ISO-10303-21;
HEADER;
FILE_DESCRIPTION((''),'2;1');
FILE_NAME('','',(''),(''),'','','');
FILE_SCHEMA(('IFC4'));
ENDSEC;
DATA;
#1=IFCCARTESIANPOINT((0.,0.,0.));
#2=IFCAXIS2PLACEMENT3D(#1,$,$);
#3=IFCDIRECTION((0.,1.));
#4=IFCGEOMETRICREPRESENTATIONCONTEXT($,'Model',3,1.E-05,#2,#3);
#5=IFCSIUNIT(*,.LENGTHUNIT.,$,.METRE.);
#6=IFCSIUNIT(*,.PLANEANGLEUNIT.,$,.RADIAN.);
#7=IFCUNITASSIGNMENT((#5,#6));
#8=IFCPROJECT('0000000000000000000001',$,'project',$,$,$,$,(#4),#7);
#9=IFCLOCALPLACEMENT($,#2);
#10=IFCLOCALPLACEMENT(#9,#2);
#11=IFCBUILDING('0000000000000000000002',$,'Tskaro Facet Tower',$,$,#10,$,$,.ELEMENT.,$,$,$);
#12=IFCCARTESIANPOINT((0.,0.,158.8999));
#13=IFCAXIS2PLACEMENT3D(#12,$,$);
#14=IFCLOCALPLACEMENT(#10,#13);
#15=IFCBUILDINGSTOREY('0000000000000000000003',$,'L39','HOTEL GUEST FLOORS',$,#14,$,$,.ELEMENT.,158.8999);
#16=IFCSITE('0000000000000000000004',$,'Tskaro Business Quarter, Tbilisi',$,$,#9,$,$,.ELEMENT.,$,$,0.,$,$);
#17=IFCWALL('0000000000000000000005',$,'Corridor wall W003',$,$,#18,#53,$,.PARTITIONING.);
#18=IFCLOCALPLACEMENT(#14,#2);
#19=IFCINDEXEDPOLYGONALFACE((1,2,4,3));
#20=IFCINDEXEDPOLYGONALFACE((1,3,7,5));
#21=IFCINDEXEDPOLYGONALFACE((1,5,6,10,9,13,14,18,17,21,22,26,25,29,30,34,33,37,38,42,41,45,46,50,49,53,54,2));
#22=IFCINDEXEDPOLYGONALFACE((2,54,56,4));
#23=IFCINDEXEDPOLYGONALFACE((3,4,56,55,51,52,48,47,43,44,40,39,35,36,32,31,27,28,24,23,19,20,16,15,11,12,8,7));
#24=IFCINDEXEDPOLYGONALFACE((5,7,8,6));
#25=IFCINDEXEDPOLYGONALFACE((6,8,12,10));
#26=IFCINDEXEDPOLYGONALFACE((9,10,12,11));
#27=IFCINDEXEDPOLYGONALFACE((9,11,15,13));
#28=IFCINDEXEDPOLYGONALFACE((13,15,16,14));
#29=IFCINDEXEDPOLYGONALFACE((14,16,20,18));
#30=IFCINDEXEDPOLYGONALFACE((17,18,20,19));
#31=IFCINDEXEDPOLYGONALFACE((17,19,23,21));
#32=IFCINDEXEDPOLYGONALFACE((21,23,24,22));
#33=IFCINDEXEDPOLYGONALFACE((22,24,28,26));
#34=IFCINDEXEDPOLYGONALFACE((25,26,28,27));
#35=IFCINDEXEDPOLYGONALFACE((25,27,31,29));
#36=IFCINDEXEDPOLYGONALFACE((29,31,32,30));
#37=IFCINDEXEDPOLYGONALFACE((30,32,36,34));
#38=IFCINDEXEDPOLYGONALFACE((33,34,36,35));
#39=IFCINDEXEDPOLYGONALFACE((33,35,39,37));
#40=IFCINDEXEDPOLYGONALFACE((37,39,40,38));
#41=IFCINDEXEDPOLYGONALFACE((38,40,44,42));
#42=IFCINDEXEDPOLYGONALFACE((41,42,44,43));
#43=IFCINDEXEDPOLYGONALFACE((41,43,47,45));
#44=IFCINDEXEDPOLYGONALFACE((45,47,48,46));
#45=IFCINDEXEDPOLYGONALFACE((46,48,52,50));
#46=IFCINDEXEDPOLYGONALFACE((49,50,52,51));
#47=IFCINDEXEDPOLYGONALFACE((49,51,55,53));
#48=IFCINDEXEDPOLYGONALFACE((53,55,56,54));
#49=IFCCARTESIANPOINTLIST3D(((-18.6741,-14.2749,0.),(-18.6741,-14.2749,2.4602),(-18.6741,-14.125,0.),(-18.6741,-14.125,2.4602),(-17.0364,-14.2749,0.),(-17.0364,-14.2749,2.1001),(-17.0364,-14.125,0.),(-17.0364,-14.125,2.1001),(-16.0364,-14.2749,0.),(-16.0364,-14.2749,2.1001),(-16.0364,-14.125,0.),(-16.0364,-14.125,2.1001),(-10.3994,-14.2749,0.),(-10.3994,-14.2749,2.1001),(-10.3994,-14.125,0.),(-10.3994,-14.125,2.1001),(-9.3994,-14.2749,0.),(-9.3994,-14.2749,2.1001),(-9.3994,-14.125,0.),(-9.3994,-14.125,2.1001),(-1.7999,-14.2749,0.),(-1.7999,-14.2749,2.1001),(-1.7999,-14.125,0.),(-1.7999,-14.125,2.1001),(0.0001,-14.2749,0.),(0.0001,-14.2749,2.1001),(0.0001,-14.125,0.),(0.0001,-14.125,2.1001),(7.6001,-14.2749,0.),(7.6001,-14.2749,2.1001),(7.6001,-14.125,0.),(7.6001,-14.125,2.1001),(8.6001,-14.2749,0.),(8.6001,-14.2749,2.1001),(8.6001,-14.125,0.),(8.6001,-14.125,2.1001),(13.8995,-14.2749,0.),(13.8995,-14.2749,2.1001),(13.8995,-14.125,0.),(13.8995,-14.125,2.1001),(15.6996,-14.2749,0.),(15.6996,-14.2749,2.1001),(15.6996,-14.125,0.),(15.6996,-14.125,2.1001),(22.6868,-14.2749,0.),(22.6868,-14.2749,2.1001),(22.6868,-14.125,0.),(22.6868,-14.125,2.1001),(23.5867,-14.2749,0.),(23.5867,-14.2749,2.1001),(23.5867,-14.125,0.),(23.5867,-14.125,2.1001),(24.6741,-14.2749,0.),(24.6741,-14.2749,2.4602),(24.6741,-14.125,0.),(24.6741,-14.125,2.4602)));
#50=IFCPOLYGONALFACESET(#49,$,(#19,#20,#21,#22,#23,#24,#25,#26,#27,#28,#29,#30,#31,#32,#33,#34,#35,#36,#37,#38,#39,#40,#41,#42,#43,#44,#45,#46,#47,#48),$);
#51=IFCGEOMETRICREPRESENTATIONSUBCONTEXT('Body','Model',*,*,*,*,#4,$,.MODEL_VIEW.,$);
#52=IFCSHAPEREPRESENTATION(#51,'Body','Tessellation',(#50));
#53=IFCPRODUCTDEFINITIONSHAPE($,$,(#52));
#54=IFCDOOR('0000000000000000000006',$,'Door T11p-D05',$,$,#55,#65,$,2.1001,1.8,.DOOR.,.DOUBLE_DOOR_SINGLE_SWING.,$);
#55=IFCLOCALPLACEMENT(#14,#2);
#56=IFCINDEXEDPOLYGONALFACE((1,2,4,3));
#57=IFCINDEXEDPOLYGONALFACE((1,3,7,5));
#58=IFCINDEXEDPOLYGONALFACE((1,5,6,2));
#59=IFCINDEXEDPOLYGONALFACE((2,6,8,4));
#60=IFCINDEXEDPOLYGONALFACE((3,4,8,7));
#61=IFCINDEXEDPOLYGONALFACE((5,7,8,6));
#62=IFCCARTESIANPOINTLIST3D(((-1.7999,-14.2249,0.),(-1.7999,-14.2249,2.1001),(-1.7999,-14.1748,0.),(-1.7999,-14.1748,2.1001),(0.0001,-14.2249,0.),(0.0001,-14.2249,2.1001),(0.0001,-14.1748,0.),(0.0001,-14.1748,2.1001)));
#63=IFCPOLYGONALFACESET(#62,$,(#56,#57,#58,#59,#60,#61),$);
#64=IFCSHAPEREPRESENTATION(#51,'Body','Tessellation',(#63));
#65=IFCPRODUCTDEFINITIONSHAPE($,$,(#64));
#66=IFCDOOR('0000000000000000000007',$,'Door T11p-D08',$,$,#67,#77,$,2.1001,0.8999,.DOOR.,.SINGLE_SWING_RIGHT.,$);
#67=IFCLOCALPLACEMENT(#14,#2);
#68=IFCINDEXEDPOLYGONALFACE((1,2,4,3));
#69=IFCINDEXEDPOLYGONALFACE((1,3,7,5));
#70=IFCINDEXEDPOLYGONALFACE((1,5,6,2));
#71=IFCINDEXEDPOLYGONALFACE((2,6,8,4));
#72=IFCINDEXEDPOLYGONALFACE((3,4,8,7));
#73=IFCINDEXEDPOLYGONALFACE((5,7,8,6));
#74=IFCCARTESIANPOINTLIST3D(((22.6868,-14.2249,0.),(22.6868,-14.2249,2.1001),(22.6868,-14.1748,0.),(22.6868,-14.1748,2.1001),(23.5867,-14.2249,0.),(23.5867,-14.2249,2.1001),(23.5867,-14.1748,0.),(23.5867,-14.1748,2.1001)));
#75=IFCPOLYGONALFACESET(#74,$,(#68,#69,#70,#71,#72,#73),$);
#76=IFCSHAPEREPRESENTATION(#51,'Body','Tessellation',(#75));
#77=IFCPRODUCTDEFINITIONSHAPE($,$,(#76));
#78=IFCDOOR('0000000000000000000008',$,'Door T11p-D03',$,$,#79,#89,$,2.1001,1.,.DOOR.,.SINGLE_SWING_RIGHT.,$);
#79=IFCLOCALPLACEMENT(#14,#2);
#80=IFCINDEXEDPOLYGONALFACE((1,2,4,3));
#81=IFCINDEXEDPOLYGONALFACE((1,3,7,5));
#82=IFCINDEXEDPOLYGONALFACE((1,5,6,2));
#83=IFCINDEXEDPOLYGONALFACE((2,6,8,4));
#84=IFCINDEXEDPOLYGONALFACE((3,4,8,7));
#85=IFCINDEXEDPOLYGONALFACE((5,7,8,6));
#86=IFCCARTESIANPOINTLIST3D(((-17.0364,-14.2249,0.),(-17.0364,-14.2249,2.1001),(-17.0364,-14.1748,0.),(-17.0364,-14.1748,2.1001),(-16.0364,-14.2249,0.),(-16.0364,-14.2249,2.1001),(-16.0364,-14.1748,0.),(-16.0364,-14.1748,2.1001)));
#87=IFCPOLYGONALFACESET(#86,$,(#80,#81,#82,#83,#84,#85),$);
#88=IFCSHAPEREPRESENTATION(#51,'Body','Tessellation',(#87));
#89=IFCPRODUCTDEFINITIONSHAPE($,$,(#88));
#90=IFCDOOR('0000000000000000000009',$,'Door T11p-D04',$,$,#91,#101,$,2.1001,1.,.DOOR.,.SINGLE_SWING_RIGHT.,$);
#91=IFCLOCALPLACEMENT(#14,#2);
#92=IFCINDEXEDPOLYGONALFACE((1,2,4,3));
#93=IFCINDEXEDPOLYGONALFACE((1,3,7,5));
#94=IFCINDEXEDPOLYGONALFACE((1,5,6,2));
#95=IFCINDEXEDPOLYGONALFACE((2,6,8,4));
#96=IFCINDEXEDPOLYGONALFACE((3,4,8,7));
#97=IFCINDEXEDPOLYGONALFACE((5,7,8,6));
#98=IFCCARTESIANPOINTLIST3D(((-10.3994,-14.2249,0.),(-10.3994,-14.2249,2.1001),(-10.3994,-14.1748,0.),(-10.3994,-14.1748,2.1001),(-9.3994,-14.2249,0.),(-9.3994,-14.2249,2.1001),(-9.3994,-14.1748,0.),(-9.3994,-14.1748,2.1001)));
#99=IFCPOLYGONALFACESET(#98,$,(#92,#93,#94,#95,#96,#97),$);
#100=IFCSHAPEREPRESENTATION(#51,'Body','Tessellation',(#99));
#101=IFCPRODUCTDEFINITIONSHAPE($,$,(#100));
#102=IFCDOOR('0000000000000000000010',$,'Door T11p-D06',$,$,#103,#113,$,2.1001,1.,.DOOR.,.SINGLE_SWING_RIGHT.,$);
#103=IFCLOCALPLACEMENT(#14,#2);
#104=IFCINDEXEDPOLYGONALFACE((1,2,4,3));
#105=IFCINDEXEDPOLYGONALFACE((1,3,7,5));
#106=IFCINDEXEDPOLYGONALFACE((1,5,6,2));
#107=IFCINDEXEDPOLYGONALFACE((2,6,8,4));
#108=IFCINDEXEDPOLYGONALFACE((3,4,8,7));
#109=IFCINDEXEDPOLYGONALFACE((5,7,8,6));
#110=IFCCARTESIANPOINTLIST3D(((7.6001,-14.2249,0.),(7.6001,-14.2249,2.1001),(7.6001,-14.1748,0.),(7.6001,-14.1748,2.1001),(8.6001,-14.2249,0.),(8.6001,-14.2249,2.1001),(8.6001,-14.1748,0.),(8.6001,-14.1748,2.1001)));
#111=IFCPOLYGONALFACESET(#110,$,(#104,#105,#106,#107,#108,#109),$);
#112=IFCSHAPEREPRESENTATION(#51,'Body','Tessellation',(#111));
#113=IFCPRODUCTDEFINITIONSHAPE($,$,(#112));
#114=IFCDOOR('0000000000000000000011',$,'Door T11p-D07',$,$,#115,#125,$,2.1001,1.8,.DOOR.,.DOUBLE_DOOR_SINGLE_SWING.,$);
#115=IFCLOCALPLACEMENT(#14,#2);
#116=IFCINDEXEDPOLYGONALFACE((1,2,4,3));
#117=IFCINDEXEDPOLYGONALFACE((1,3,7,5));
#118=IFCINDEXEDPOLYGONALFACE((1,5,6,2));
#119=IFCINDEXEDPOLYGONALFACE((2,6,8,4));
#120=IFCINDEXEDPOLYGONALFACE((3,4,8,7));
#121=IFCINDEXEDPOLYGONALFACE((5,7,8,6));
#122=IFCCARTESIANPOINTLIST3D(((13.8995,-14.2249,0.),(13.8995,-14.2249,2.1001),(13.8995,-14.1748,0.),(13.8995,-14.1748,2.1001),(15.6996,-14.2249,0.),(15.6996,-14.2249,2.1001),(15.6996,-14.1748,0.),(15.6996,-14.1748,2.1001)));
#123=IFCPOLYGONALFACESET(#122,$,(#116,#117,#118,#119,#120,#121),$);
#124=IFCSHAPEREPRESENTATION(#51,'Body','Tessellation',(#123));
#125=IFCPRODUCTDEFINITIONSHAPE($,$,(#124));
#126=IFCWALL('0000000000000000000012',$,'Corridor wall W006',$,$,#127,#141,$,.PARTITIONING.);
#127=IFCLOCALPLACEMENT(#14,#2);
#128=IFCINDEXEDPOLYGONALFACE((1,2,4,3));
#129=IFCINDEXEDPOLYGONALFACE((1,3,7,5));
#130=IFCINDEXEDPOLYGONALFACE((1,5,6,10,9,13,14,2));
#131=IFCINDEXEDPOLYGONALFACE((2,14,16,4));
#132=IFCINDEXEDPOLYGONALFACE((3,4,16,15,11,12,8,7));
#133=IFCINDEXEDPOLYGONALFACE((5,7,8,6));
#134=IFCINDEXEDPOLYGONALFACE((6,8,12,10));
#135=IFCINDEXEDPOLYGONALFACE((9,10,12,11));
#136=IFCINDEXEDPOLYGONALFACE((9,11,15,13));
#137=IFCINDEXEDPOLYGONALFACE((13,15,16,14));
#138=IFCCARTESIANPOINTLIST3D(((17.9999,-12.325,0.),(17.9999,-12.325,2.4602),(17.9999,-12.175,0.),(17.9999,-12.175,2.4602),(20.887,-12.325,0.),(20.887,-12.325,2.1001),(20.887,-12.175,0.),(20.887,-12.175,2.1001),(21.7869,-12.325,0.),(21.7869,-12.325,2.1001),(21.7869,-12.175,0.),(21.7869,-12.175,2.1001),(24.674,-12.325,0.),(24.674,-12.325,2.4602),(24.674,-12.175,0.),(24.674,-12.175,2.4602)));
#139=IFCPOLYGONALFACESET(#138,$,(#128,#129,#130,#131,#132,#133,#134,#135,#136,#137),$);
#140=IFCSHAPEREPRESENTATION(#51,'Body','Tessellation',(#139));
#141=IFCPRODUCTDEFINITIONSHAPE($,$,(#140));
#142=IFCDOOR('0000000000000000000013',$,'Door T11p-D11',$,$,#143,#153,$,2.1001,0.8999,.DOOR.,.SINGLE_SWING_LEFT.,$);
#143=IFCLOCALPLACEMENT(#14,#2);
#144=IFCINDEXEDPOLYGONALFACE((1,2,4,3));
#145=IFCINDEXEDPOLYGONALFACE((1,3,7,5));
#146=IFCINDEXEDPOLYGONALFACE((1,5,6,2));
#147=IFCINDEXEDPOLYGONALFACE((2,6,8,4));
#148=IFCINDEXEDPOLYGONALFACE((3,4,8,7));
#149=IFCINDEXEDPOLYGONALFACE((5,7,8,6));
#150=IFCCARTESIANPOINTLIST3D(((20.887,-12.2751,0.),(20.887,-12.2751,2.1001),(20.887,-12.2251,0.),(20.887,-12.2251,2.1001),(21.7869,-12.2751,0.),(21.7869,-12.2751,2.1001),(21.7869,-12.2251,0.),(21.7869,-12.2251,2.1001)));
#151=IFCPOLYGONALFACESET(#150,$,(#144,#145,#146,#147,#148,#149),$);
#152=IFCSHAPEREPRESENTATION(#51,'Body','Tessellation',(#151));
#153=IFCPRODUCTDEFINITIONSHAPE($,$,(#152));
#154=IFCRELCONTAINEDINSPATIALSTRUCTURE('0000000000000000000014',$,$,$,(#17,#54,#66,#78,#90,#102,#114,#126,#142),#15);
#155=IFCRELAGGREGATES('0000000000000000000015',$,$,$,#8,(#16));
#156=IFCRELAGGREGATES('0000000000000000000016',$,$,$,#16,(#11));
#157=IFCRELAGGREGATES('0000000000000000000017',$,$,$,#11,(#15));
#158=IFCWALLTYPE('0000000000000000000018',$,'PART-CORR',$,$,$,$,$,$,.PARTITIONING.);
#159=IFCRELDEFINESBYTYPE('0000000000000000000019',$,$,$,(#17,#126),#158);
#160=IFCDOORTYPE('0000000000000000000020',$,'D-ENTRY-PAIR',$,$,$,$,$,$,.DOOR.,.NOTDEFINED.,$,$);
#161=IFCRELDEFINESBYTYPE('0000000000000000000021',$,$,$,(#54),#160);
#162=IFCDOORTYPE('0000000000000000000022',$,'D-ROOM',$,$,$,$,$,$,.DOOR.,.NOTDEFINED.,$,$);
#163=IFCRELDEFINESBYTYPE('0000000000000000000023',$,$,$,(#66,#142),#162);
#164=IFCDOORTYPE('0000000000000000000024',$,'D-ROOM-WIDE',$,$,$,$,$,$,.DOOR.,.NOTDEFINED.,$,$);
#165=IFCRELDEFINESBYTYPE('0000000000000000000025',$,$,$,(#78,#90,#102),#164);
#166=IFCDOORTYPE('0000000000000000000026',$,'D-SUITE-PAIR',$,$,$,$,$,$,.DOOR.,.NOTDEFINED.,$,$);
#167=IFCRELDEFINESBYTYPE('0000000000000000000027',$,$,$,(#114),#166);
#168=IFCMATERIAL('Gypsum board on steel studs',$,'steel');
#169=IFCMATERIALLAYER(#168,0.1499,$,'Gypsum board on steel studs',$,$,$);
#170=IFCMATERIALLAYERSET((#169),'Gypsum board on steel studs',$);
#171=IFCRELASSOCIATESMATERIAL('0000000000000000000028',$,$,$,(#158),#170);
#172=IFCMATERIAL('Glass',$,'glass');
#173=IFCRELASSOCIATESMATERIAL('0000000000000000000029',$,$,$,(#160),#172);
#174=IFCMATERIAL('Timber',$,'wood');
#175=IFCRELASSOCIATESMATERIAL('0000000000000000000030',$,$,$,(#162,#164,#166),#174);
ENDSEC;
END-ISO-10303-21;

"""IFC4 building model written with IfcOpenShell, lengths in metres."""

from ifc_helpers import new_model, si_unit, direction, frame, frame_2d, origin, place, context, subcontext, project, spatial, rectangle, extrude, material, layer, layer_set, type_object, element, fill, save


model = new_model("IFC4")

# Units and contexts
model_context = context("Model", 3, precision=1e-05, world=origin(), true_north=direction((0.0, 1.0)))
body_context = subcontext(model_context, "Body", "Model", "MODEL_VIEW")
ifc_project = project(units=[si_unit("LENGTHUNIT", "METRE"), si_unit("PLANEANGLEUNIT", "RADIAN")], contexts=[model_context])

# Site, building, storey
site_placement = place(None, origin())
site = spatial("IfcSite", under=ifc_project, at=site_placement, Name="Tskaro Business Quarter, Tbilisi", CompositionType="ELEMENT", RefElevation=0.0)
building_placement = place(site_placement, origin())
building = spatial("IfcBuilding", under=site, at=building_placement, Name="Tskaro Facet Tower", CompositionType="ELEMENT")
storey_placement = place(building_placement, frame((0.0, 0.0, 158.8999)))
storey = spatial("IfcBuildingStorey", under=building, at=storey_placement, Name="L39", Description="HOTEL GUEST FLOORS", CompositionType="ELEMENT", Elevation=158.8999)

# Wall, openings, doors
ifc_material_1 = material(Name="Gypsum board on steel studs", Category="steel")
ifc_layer_1 = layer(ifc_material_1, 0.1499, Name="Gypsum board on steel studs")
ifc_layer_set_1 = layer_set([ifc_layer_1], Name="Gypsum board on steel studs")
wall_type_1 = type_object("IfcWallType", Name="PART-CORR", PredefinedType="PARTITIONING", material=ifc_layer_set_1)
wall_1_placement = place(storey_placement, frame((24.6741, -14.2, 0.0), z_axis=(0.0, 0.0, 1.0), x_axis=(-1.0, 0.0, 0.0)))
wall_1 = element("IfcWall", 1, at=wall_1_placement, inside=storey, type_object=wall_type_1, Name="Corridor wall W003", PredefinedType="PARTITIONING", context=body_context, shape_type="SweptSolid", body=[
    extrude(rectangle(XDim=43.3481, YDim=0.1499, at=frame_2d((21.6741, 0.0))), origin(), (0.0, 0.0, 1.0), 2.4602),
])
opening_1_placement = place(wall_1_placement, frame((40.7104, 0.0, 0.0)))
opening_1 = element("IfcOpeningElement", 2, at=opening_1_placement, cuts=wall_1, PredefinedType="OPENING", context=body_context, shape_type="SweptSolid", body=[
    extrude(rectangle(XDim=1.0, YDim=2.1001, at=frame_2d((0.5, 1.05))), frame((0.0, 0.085, 0.0), z_axis=(0.0, -1.0, 0.0), x_axis=(1.0, 0.0, 0.0)), (0.0, 0.0, 1.0), 0.1699),
])
opening_2_placement = place(wall_1_placement, frame((34.0735, 0.0, 0.0)))
opening_2 = element("IfcOpeningElement", 3, at=opening_2_placement, cuts=wall_1, PredefinedType="OPENING", context=body_context, shape_type="SweptSolid", body=[
    extrude(rectangle(XDim=1.0, YDim=2.1001, at=frame_2d((0.5, 1.05))), frame((0.0, 0.085, 0.0), z_axis=(0.0, -1.0, 0.0), x_axis=(1.0, 0.0, 0.0)), (0.0, 0.0, 1.0), 0.1699),
])
opening_3_placement = place(wall_1_placement, frame((24.6741, 0.0, 0.0)))
opening_3 = element("IfcOpeningElement", 4, at=opening_3_placement, cuts=wall_1, PredefinedType="OPENING", context=body_context, shape_type="SweptSolid", body=[
    extrude(rectangle(XDim=1.8, YDim=2.1001, at=frame_2d((0.8999, 1.05))), frame((0.0, 0.085, 0.0), z_axis=(0.0, -1.0, 0.0), x_axis=(1.0, 0.0, 0.0)), (0.0, 0.0, 1.0), 0.1699),
])
opening_4_placement = place(wall_1_placement, frame((16.074, 0.0, 0.0)))
opening_4 = element("IfcOpeningElement", 5, at=opening_4_placement, cuts=wall_1, PredefinedType="OPENING", context=body_context, shape_type="SweptSolid", body=[
    extrude(rectangle(XDim=1.0, YDim=2.1001, at=frame_2d((0.5, 1.05))), frame((0.0, 0.085, 0.0), z_axis=(0.0, -1.0, 0.0), x_axis=(1.0, 0.0, 0.0)), (0.0, 0.0, 1.0), 0.1699),
])
opening_5_placement = place(wall_1_placement, frame((8.9746, 0.0, 0.0)))
opening_5 = element("IfcOpeningElement", 6, at=opening_5_placement, cuts=wall_1, PredefinedType="OPENING", context=body_context, shape_type="SweptSolid", body=[
    extrude(rectangle(XDim=1.8, YDim=2.1001, at=frame_2d((0.8999, 1.05))), frame((0.0, 0.085, 0.0), z_axis=(0.0, -1.0, 0.0), x_axis=(1.0, 0.0, 0.0)), (0.0, 0.0, 1.0), 0.1699),
])
opening_6_placement = place(wall_1_placement, frame((1.0874, 0.0, 0.0)))
opening_6 = element("IfcOpeningElement", 7, at=opening_6_placement, cuts=wall_1, PredefinedType="OPENING", context=body_context, shape_type="SweptSolid", body=[
    extrude(rectangle(XDim=0.8999, YDim=2.1001, at=frame_2d((0.45, 1.05))), frame((0.0, 0.085, 0.0), z_axis=(0.0, -1.0, 0.0), x_axis=(1.0, 0.0, 0.0)), (0.0, 0.0, 1.0), 0.1699),
])
ifc_material_2 = material(Name="Glass", Category="glass")
door_type_1 = type_object("IfcDoorType", Name="D-ENTRY-PAIR", OperationType="NOTDEFINED", PredefinedType="DOOR", material=ifc_material_2)
door_1_placement = place(opening_3_placement, origin())
door_1 = element("IfcDoor", 8, at=door_1_placement, inside=storey, type_object=door_type_1, Name="Door T11p-D05", OperationType="DOUBLE_DOOR_SINGLE_SWING", OverallHeight=2.1001, OverallWidth=1.8, PredefinedType="DOOR", context=body_context, shape_type="SweptSolid", body=[
    extrude(rectangle(XDim=1.8, YDim=2.1001, at=frame_2d((0.8999, 1.05))), frame((0.0, 0.0249, 0.0), z_axis=(0.0, -1.0, 0.0), x_axis=(1.0, 0.0, 0.0)), (0.0, 0.0, 1.0), 0.05),
])
fill(opening_3, door_1)
ifc_material_3 = material(Name="Timber", Category="wood")
door_type_2 = type_object("IfcDoorType", Name="D-ROOM", OperationType="NOTDEFINED", PredefinedType="DOOR", material=ifc_material_3)
door_2_placement = place(opening_6_placement, origin())
door_2 = element("IfcDoor", 9, at=door_2_placement, inside=storey, type_object=door_type_2, Name="Door T11p-D08", OperationType="SINGLE_SWING_RIGHT", OverallHeight=2.1001, OverallWidth=0.8999, PredefinedType="DOOR", context=body_context, shape_type="SweptSolid", body=[
    extrude(rectangle(XDim=0.8999, YDim=2.1001, at=frame_2d((0.45, 1.05))), frame((0.0, 0.0249, 0.0), z_axis=(0.0, -1.0, 0.0), x_axis=(1.0, 0.0, 0.0)), (0.0, 0.0, 1.0), 0.05),
])
fill(opening_6, door_2)
door_type_3 = type_object("IfcDoorType", Name="D-ROOM-WIDE", OperationType="NOTDEFINED", PredefinedType="DOOR", material=ifc_material_3)
door_3_placement = place(opening_1_placement, origin())
door_3 = element("IfcDoor", 10, at=door_3_placement, inside=storey, type_object=door_type_3, Name="Door T11p-D03", OperationType="SINGLE_SWING_RIGHT", OverallHeight=2.1001, OverallWidth=1.0, PredefinedType="DOOR", context=body_context, shape_type="SweptSolid", body=[
    extrude(rectangle(XDim=1.0, YDim=2.1001, at=frame_2d((0.5, 1.05))), frame((0.0, 0.0249, 0.0), z_axis=(0.0, -1.0, 0.0), x_axis=(1.0, 0.0, 0.0)), (0.0, 0.0, 1.0), 0.05),
])
fill(opening_1, door_3)
door_4_placement = place(opening_2_placement, origin())
door_4 = element("IfcDoor", 11, at=door_4_placement, inside=storey, type_object=door_type_3, Name="Door T11p-D04", OperationType="SINGLE_SWING_RIGHT", OverallHeight=2.1001, OverallWidth=1.0, PredefinedType="DOOR", context=body_context, shape_type="SweptSolid", body=[
    extrude(rectangle(XDim=1.0, YDim=2.1001, at=frame_2d((0.5, 1.05))), frame((0.0, 0.0249, 0.0), z_axis=(0.0, -1.0, 0.0), x_axis=(1.0, 0.0, 0.0)), (0.0, 0.0, 1.0), 0.05),
])
fill(opening_2, door_4)
door_5_placement = place(opening_4_placement, origin())
door_5 = element("IfcDoor", 12, at=door_5_placement, inside=storey, type_object=door_type_3, Name="Door T11p-D06", OperationType="SINGLE_SWING_RIGHT", OverallHeight=2.1001, OverallWidth=1.0, PredefinedType="DOOR", context=body_context, shape_type="SweptSolid", body=[
    extrude(rectangle(XDim=1.0, YDim=2.1001, at=frame_2d((0.5, 1.05))), frame((0.0, 0.0249, 0.0), z_axis=(0.0, -1.0, 0.0), x_axis=(1.0, 0.0, 0.0)), (0.0, 0.0, 1.0), 0.05),
])
fill(opening_4, door_5)
door_type_4 = type_object("IfcDoorType", Name="D-SUITE-PAIR", OperationType="NOTDEFINED", PredefinedType="DOOR", material=ifc_material_3)
door_6_placement = place(opening_5_placement, origin())
door_6 = element("IfcDoor", 13, at=door_6_placement, inside=storey, type_object=door_type_4, Name="Door T11p-D07", OperationType="DOUBLE_DOOR_SINGLE_SWING", OverallHeight=2.1001, OverallWidth=1.8, PredefinedType="DOOR", context=body_context, shape_type="SweptSolid", body=[
    extrude(rectangle(XDim=1.8, YDim=2.1001, at=frame_2d((0.8999, 1.05))), frame((0.0, 0.0249, 0.0), z_axis=(0.0, -1.0, 0.0), x_axis=(1.0, 0.0, 0.0)), (0.0, 0.0, 1.0), 0.05),
])
fill(opening_5, door_6)

# Wall, opening, door
wall_2_placement = place(storey_placement, frame((18.0, -12.25, 0.0), z_axis=(0.0, 0.0, 1.0), x_axis=(1.0, 0.0, 0.0)))
wall_2 = element("IfcWall", 14, at=wall_2_placement, inside=storey, type_object=wall_type_1, Name="Corridor wall W006", PredefinedType="PARTITIONING", context=body_context, shape_type="SweptSolid", body=[
    extrude(rectangle(XDim=6.6741, YDim=0.1499, at=frame_2d((3.3369, 0.0))), origin(), (0.0, 0.0, 1.0), 2.4602),
])
opening_7_placement = place(wall_2_placement, frame((2.887, 0.0, 0.0)))
opening_7 = element("IfcOpeningElement", 15, at=opening_7_placement, cuts=wall_2, PredefinedType="OPENING", context=body_context, shape_type="SweptSolid", body=[
    extrude(rectangle(XDim=0.8999, YDim=2.1001, at=frame_2d((0.45, 1.05))), frame((0.0, 0.085, 0.0), z_axis=(0.0, -1.0, 0.0), x_axis=(1.0, 0.0, 0.0)), (0.0, 0.0, 1.0), 0.1699),
])
door_7_placement = place(opening_7_placement, origin())
door_7 = element("IfcDoor", 16, at=door_7_placement, inside=storey, type_object=door_type_2, Name="Door T11p-D11", OperationType="SINGLE_SWING_LEFT", OverallHeight=2.1001, OverallWidth=0.8999, PredefinedType="DOOR", context=body_context, shape_type="SweptSolid", body=[
    extrude(rectangle(XDim=0.8999, YDim=2.1001, at=frame_2d((0.45, 1.05))), frame((0.0, 0.0249, 0.0), z_axis=(0.0, -1.0, 0.0), x_axis=(1.0, 0.0, 0.0)), (0.0, 0.0, 1.0), 0.05),
])
fill(opening_7, door_7)

save(model, "model.ifc")
